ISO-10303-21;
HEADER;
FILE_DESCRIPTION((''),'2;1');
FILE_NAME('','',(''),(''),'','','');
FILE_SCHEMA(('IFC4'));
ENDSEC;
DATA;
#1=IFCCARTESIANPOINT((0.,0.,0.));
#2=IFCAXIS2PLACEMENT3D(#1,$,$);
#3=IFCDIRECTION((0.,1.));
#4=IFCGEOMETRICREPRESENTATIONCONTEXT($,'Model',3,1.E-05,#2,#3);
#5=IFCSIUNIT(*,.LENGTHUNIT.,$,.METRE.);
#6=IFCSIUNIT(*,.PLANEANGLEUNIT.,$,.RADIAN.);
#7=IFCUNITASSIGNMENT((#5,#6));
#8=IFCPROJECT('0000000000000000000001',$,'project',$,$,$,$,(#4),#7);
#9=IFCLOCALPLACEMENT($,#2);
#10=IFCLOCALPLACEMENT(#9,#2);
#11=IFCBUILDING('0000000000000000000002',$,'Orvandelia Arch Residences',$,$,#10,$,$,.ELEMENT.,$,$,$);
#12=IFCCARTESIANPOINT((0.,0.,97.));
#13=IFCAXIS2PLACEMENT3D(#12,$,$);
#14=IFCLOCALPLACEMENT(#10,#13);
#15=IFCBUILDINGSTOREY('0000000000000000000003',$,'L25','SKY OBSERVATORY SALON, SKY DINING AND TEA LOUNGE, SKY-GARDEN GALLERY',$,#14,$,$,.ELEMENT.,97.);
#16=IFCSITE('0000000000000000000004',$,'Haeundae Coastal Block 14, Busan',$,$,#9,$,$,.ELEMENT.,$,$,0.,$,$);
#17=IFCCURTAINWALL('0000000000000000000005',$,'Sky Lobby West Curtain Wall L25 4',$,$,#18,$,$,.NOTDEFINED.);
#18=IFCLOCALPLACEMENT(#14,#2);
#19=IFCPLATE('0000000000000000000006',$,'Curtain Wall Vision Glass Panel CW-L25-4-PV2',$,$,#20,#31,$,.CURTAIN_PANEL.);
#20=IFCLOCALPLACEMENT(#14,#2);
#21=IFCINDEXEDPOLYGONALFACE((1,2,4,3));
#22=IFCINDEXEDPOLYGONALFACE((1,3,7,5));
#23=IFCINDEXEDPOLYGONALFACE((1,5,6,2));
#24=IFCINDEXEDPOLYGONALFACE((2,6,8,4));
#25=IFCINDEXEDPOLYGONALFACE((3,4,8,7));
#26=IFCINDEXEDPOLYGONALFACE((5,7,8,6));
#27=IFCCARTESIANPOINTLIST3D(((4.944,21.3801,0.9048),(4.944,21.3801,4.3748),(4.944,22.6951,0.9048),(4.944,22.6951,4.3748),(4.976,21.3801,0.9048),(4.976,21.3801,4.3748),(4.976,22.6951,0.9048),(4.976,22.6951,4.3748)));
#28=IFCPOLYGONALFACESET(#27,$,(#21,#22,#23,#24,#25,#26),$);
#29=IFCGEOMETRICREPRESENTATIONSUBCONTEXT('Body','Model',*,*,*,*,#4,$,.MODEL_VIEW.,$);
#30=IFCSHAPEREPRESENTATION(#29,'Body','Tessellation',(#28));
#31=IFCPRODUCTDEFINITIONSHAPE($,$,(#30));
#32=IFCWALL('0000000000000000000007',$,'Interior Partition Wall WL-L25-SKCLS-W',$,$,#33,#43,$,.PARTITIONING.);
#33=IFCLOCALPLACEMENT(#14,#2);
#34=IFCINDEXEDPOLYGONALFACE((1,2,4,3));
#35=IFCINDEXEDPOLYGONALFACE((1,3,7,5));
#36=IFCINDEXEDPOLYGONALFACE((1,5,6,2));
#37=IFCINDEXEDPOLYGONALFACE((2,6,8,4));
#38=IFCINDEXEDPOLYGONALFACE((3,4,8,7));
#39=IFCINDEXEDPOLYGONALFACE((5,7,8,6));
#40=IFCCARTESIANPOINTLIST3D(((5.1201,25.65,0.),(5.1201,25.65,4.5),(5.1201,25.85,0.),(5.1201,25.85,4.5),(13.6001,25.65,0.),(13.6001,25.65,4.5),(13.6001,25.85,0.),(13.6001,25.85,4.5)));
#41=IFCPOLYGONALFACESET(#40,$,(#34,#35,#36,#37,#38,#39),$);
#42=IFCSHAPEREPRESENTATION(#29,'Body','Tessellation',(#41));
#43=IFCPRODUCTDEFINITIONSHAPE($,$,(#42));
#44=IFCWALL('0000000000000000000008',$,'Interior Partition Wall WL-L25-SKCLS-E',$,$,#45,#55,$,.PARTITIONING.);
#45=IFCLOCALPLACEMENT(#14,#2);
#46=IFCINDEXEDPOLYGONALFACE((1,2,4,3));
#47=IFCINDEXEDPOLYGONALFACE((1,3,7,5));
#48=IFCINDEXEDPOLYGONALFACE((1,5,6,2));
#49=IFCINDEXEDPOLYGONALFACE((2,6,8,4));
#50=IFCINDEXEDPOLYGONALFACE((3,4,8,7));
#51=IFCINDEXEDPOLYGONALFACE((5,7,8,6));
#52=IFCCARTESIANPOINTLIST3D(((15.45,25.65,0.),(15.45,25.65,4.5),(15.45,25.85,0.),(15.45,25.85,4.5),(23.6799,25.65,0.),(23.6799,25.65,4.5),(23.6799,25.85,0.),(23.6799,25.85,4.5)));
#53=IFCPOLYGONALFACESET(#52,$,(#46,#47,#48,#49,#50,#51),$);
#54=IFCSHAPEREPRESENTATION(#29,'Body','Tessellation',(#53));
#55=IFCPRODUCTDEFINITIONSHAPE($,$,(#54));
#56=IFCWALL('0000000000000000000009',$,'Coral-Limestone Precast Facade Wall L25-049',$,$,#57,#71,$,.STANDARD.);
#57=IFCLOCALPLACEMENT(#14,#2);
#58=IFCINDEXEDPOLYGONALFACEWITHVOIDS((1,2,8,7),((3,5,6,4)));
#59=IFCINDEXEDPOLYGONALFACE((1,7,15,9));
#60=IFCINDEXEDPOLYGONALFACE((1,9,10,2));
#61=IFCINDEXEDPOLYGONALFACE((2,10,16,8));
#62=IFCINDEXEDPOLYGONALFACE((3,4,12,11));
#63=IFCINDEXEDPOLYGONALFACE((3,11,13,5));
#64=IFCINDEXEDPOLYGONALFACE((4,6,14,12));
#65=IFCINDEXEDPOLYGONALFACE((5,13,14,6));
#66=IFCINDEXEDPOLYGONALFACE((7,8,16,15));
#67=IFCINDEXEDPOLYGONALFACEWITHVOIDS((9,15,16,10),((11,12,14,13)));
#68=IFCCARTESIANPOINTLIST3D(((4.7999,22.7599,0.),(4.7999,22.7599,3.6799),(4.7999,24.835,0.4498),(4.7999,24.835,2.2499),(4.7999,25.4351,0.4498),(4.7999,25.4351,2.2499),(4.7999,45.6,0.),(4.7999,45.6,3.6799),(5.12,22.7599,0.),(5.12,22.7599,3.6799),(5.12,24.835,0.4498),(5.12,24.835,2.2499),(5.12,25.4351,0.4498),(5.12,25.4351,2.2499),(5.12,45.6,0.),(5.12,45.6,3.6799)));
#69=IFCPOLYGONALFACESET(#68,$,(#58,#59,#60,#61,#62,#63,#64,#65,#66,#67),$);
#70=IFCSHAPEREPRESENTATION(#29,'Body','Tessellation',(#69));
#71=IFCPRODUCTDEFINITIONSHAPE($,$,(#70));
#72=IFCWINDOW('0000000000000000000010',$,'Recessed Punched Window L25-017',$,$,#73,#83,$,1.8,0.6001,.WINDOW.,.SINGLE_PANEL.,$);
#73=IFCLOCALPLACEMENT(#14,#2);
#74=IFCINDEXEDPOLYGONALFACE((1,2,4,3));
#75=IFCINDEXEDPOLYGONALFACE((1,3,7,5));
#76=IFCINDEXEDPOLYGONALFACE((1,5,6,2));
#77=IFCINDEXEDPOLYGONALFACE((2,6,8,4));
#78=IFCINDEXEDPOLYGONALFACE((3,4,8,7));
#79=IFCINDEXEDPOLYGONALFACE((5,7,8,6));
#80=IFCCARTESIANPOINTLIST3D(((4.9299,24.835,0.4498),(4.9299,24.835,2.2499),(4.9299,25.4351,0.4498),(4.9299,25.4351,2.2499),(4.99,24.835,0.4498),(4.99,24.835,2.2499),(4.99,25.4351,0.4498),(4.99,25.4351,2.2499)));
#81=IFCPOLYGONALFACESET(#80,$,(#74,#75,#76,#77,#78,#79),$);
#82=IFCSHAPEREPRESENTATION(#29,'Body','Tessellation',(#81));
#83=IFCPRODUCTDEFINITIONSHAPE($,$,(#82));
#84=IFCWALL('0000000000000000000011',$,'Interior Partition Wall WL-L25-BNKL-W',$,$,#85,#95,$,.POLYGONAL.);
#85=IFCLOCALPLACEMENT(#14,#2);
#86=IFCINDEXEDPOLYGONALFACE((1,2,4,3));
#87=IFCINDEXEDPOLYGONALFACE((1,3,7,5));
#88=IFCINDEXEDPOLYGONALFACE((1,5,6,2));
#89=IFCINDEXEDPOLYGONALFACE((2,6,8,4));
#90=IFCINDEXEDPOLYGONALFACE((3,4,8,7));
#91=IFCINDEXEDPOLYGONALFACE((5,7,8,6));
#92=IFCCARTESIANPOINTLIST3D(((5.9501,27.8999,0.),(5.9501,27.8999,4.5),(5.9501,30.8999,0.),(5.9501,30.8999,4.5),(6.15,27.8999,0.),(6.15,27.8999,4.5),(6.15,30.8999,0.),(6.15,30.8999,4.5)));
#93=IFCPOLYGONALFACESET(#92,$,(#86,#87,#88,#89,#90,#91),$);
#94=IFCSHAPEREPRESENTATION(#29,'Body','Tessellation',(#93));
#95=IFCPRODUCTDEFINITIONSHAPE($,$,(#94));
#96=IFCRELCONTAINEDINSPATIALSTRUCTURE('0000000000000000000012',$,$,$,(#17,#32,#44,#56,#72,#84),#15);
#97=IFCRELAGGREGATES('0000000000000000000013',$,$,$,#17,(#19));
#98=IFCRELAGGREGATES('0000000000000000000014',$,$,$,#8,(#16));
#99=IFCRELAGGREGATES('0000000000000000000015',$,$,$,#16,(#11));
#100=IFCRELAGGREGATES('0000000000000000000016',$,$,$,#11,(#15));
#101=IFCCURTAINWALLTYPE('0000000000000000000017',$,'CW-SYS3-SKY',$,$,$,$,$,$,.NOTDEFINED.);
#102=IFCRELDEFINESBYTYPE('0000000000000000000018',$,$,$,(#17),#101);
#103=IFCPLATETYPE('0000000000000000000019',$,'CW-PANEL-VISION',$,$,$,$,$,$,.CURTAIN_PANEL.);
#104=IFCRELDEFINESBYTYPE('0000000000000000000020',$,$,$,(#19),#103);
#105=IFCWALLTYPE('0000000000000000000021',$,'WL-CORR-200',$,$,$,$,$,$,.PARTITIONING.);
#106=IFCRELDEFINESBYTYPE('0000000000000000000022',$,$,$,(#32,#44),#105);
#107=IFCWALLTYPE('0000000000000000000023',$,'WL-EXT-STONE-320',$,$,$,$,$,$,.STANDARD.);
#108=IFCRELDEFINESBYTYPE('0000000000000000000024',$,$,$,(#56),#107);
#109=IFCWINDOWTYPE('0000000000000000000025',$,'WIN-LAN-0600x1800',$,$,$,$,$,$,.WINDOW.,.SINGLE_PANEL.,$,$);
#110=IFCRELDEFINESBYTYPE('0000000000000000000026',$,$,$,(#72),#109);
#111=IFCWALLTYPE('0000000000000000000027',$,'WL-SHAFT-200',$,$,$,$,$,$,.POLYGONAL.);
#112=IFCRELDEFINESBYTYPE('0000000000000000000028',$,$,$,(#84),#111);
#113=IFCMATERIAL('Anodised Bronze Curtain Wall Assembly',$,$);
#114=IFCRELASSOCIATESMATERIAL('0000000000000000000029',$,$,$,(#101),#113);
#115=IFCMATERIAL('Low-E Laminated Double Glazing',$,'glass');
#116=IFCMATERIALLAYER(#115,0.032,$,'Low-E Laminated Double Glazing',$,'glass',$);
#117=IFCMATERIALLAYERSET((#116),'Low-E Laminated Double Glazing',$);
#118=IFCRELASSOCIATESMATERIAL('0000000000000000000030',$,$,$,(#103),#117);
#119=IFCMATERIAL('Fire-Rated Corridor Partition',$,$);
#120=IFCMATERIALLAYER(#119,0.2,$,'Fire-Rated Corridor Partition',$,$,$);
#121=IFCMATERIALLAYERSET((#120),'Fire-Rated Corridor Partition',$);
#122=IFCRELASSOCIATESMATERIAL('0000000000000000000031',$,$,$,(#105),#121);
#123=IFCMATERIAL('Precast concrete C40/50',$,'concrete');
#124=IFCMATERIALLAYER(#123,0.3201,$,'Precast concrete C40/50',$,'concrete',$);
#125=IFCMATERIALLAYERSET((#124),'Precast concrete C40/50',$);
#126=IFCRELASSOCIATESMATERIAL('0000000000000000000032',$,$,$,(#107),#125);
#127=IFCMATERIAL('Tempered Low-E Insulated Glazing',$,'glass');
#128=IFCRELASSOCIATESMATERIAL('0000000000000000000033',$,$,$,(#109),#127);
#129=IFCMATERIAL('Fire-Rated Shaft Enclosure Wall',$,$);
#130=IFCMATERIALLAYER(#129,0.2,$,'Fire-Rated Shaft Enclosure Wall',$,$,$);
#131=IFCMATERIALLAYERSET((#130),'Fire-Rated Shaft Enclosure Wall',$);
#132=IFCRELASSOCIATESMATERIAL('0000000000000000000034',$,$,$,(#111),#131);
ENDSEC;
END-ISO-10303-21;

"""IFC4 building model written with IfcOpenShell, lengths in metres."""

from ifc_helpers import new_model, si_unit, direction, frame, frame_2d, origin, origin_2d, place, context, subcontext, project, spatial, rectangle, extrude, material, layer, layer_set, type_object, element, fill, aggregate, save


model = new_model("IFC4")

# Units and contexts
model_context = context("Model", 3, precision=1e-05, world=origin(), true_north=direction((0.0, 1.0)))
body_context = subcontext(model_context, "Body", "Model", "MODEL_VIEW")
ifc_project = project(units=[si_unit("LENGTHUNIT", "METRE"), si_unit("PLANEANGLEUNIT", "RADIAN")], contexts=[model_context])

# Site, building, storey
site_placement = place(None, origin())
site = spatial("IfcSite", under=ifc_project, at=site_placement, Name="Haeundae Coastal Block 14, Busan", CompositionType="ELEMENT", RefElevation=0.0)
building_placement = place(site_placement, origin())
building = spatial("IfcBuilding", under=site, at=building_placement, Name="Orvandelia Arch Residences", CompositionType="ELEMENT")
storey_placement = place(building_placement, frame((0.0, 0.0, 97.0)))
storey = spatial("IfcBuildingStorey", under=building, at=storey_placement, Name="L25", Description="SKY OBSERVATORY SALON, SKY DINING AND TEA LOUNGE, SKY-GARDEN GALLERY", CompositionType="ELEMENT", Elevation=97.0)

# Curtain wall, plate
ifc_material_1 = material(Name="Anodised Bronze Curtain Wall Assembly")
curtain_wall_type = type_object("IfcCurtainWallType", Name="CW-SYS3-SKY", PredefinedType="NOTDEFINED", material=ifc_material_1)
curtain_wall_placement = place(storey_placement, origin())
curtain_wall = element("IfcCurtainWall", 1, at=curtain_wall_placement, inside=storey, type_object=curtain_wall_type, Name="Sky Lobby West Curtain Wall L25 4", PredefinedType="NOTDEFINED")
ifc_material_2 = material(Name="Low-E Laminated Double Glazing", Category="glass")
ifc_layer_1 = layer(ifc_material_2, 0.032, Name="Low-E Laminated Double Glazing", Category="glass")
ifc_layer_set_1 = layer_set([ifc_layer_1], Name="Low-E Laminated Double Glazing")
plate_type_1 = type_object("IfcPlateType", Name="CW-PANEL-VISION", PredefinedType="CURTAIN_PANEL", material=ifc_layer_set_1)
plate_1_placement = place(storey_placement, frame((4.96, 22.0376, 0.9048), z_axis=(0.0, 0.0, 1.0), x_axis=(0.0, 1.0, 0.0)))
plate_1 = element("IfcPlate", 2, at=plate_1_placement, type_object=plate_type_1, Name="Curtain Wall Vision Glass Panel CW-L25-4-PV2", PredefinedType="CURTAIN_PANEL", context=body_context, shape_type="SweptSolid", body=[
    extrude(rectangle(XDim=1.3149, YDim=0.032, at=origin_2d()), origin(), (0.0, 0.0, 1.0), 3.47),
])
aggregate(curtain_wall, [plate_1])

# Walls
ifc_material_3 = material(Name="Fire-Rated Corridor Partition")
ifc_layer_2 = layer(ifc_material_3, 0.2, Name="Fire-Rated Corridor Partition")
ifc_layer_set_2 = layer_set([ifc_layer_2], Name="Fire-Rated Corridor Partition")
wall_type_1 = type_object("IfcWallType", Name="WL-CORR-200", PredefinedType="PARTITIONING", material=ifc_layer_set_2)
wall_1_placement = place(storey_placement, frame((5.1201, 25.75, 0.0), z_axis=(0.0, 0.0, 1.0), x_axis=(1.0, 0.0, 0.0)))
element("IfcWall", 3, at=wall_1_placement, inside=storey, type_object=wall_type_1, Name="Interior Partition Wall WL-L25-SKCLS-W", PredefinedType="PARTITIONING", context=body_context, shape_type="SweptSolid", body=[
    extrude(rectangle(XDim=8.48, YDim=0.2, at=frame_2d((4.24, 0.0))), origin(), (0.0, 0.0, 1.0), 4.5),
])
wall_2_placement = place(storey_placement, frame((15.45, 25.75, 0.0), z_axis=(0.0, 0.0, 1.0), x_axis=(1.0, 0.0, 0.0)))
element("IfcWall", 4, at=wall_2_placement, inside=storey, type_object=wall_type_1, Name="Interior Partition Wall WL-L25-SKCLS-E", PredefinedType="PARTITIONING", context=body_context, shape_type="SweptSolid", body=[
    extrude(rectangle(XDim=8.23, YDim=0.2, at=frame_2d((4.115, 0.0))), origin(), (0.0, 0.0, 1.0), 4.5),
])

# Wall, opening, window
ifc_material_4 = material(Name="Precast concrete C40/50", Category="concrete")
ifc_layer_3 = layer(ifc_material_4, 0.3201, Name="Precast concrete C40/50", Category="concrete")
ifc_layer_set_3 = layer_set([ifc_layer_3], Name="Precast concrete C40/50")
wall_type_2 = type_object("IfcWallType", Name="WL-EXT-STONE-320", PredefinedType="STANDARD", material=ifc_layer_set_3)
wall_3_placement = place(storey_placement, frame((4.96, 22.76, 0.0), z_axis=(0.0, 0.0, 1.0), x_axis=(0.0, 1.0, 0.0)))
wall_3 = element("IfcWall", 5, at=wall_3_placement, inside=storey, type_object=wall_type_2, Name="Coral-Limestone Precast Facade Wall L25-049", PredefinedType="STANDARD", context=body_context, shape_type="SweptSolid", body=[
    extrude(rectangle(XDim=22.8401, YDim=0.3201, at=frame_2d((11.4199, 0.0))), origin(), (0.0, 0.0, 1.0), 3.6799),
])
opening_placement = place(wall_3_placement, frame((2.075, 0.0, 0.45)))
opening = element("IfcOpeningElement", 6, at=opening_placement, cuts=wall_3, PredefinedType="OPENING", context=body_context, shape_type="SweptSolid", body=[
    extrude(rectangle(XDim=0.6001, YDim=1.8, at=frame_2d((0.3, 0.8999))), frame((0.0, 0.1699, 0.0), z_axis=(0.0, -1.0, 0.0), x_axis=(1.0, 0.0, 0.0)), (0.0, 0.0, 1.0), 0.3401),
])
ifc_material_5 = material(Name="Tempered Low-E Insulated Glazing", Category="glass")
window_type = type_object("IfcWindowType", Name="WIN-LAN-0600x1800", PartitioningType="SINGLE_PANEL", PredefinedType="WINDOW", material=ifc_material_5)
window_placement = place(opening_placement, origin())
window = element("IfcWindow", 7, at=window_placement, inside=storey, type_object=window_type, Name="Recessed Punched Window L25-017", OverallHeight=1.8, OverallWidth=0.6001, PartitioningType="SINGLE_PANEL", PredefinedType="WINDOW", context=body_context, shape_type="SweptSolid", body=[
    extrude(rectangle(XDim=0.6001, YDim=1.8, at=frame_2d((0.3, 0.8999))), frame((0.0, 0.03, 0.0), z_axis=(0.0, -1.0, 0.0), x_axis=(1.0, 0.0, 0.0)), (0.0, 0.0, 1.0), 0.0601),
])
fill(opening, window)

# Wall
ifc_material_6 = material(Name="Fire-Rated Shaft Enclosure Wall")
ifc_layer_4 = layer(ifc_material_6, 0.2, Name="Fire-Rated Shaft Enclosure Wall")
ifc_layer_set_4 = layer_set([ifc_layer_4], Name="Fire-Rated Shaft Enclosure Wall")
wall_type_3 = type_object("IfcWallType", Name="WL-SHAFT-200", PredefinedType="POLYGONAL", material=ifc_layer_set_4)
wall_4_placement = place(storey_placement, frame((6.05, 27.8999, 0.0), z_axis=(0.0, 0.0, 1.0), x_axis=(0.0, 1.0, 0.0)))
element("IfcWall", 8, at=wall_4_placement, inside=storey, type_object=wall_type_3, Name="Interior Partition Wall WL-L25-BNKL-W", PredefinedType="POLYGONAL", context=body_context, shape_type="SweptSolid", body=[
    extrude(rectangle(XDim=3.0, YDim=0.2, at=frame_2d((1.5, 0.0))), origin(), (0.0, 0.0, 1.0), 4.5),
])

save(model, "model.ifc")
